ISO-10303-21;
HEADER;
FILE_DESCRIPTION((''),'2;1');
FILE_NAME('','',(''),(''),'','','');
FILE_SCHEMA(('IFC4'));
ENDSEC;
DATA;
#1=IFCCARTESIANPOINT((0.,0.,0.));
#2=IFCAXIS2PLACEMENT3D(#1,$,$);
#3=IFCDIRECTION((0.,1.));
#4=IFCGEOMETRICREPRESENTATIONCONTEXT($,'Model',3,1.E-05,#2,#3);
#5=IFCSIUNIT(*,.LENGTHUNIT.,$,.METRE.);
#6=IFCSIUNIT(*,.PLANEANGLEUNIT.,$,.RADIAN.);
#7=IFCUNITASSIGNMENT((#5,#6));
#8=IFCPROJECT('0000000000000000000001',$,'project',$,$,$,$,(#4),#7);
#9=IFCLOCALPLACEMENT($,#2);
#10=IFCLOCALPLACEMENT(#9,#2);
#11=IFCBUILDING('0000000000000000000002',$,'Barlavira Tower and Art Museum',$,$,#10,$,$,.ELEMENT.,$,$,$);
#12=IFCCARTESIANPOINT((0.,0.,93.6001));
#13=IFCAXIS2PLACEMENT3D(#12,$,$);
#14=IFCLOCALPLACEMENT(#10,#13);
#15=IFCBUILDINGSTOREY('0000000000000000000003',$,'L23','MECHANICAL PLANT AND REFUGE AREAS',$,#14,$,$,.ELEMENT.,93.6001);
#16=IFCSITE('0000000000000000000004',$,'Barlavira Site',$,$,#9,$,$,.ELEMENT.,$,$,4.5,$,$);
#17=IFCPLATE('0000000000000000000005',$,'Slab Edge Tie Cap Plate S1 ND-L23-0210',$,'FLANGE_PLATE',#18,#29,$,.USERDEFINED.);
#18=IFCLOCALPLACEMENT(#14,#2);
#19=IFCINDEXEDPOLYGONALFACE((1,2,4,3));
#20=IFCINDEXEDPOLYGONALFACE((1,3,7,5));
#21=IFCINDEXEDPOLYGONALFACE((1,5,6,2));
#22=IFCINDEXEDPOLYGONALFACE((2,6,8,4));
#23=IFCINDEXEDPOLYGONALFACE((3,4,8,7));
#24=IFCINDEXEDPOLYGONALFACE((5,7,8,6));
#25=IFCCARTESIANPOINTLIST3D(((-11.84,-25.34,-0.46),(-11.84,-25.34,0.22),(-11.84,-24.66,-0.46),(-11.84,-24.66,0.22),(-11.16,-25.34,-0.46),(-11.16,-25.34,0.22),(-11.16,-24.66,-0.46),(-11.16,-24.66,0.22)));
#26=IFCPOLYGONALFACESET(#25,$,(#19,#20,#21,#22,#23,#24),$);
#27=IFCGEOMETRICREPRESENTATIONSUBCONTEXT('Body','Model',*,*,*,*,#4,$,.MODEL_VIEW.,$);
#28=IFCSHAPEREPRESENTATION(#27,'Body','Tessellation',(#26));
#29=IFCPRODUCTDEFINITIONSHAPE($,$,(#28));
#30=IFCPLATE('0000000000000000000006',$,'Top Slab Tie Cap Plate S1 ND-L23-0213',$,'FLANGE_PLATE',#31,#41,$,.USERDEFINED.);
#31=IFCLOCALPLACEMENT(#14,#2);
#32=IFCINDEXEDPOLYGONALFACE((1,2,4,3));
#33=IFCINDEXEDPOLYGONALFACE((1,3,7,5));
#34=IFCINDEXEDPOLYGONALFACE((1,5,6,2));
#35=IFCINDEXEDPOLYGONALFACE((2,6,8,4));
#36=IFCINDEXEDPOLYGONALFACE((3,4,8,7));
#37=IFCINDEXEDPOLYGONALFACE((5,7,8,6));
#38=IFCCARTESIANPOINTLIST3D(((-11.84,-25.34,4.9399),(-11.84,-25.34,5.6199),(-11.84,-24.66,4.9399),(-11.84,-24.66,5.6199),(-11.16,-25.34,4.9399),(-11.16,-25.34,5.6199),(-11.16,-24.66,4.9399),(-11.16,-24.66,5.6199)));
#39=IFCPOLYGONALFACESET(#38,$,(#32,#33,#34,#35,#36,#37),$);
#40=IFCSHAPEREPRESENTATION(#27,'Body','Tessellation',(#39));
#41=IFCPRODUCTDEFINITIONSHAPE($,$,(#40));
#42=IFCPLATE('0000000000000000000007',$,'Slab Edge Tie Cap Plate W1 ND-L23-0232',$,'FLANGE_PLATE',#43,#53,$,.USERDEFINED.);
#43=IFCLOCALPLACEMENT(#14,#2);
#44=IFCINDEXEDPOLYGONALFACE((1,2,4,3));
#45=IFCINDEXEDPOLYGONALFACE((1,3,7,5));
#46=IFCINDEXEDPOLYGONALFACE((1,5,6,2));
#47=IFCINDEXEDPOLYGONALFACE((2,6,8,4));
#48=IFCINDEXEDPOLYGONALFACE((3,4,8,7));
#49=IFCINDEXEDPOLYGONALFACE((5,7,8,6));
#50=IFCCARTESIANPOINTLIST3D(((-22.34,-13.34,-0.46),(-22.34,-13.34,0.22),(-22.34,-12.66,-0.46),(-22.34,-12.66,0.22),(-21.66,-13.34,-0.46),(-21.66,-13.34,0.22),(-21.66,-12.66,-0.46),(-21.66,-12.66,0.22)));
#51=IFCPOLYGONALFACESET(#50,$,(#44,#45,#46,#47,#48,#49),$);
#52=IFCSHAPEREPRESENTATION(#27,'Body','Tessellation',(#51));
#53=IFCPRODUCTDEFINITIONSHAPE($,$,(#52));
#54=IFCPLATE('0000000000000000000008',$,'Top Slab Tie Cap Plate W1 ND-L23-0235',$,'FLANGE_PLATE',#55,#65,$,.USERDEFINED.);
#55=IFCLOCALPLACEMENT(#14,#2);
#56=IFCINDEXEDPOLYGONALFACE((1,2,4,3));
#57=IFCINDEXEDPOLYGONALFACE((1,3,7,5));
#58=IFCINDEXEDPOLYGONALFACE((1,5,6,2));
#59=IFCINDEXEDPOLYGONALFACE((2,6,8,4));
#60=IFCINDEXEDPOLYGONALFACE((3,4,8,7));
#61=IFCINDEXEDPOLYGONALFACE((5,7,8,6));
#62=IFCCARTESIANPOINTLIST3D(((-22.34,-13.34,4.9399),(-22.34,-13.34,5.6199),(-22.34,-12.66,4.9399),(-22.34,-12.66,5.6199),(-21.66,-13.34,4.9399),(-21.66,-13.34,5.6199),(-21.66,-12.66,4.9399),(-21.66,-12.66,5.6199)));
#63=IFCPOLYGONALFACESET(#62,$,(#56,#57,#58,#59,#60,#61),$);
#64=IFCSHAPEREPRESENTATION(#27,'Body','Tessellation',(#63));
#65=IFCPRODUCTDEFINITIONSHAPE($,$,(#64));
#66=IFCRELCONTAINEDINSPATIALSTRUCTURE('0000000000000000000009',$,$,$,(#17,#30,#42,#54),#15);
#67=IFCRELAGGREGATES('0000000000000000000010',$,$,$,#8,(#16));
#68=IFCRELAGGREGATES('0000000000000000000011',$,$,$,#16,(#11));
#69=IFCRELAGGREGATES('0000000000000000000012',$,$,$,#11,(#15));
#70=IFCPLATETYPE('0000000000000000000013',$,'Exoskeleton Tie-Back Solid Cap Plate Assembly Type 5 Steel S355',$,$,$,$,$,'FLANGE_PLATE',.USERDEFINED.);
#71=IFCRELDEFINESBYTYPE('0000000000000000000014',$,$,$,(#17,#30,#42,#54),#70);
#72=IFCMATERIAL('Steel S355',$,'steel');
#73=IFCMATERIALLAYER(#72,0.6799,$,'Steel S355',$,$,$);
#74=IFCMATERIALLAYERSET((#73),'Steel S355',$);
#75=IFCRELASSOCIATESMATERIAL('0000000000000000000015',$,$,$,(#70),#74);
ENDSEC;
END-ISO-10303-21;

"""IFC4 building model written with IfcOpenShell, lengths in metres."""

from ifc_helpers import new_model, si_unit, direction, frame, origin, origin_2d, place, context, subcontext, project, spatial, rectangle, extrude, material, layer, layer_set, type_object, element, save


model = new_model("IFC4")

# Units and contexts
model_context = context("Model", 3, precision=1e-05, world=origin(), true_north=direction((0.0, 1.0)))
body_context = subcontext(model_context, "Body", "Model", "MODEL_VIEW")
ifc_project = project(units=[si_unit("LENGTHUNIT", "METRE"), si_unit("PLANEANGLEUNIT", "RADIAN")], contexts=[model_context])

# Site, building, storey
site_placement = place(None, origin())
site = spatial("IfcSite", under=ifc_project, at=site_placement, Name="Barlavira Site", CompositionType="ELEMENT", RefElevation=4.5)
building_placement = place(site_placement, origin())
building = spatial("IfcBuilding", under=site, at=building_placement, Name="Barlavira Tower and Art Museum", CompositionType="ELEMENT")
storey_placement = place(building_placement, frame((0.0, 0.0, 93.6001)))
storey = spatial("IfcBuildingStorey", under=building, at=storey_placement, Name="L23", Description="MECHANICAL PLANT AND REFUGE AREAS", CompositionType="ELEMENT", Elevation=93.6001)

# Shared definitions
ifc_material_1 = material(Name="Steel S355", Category="steel")

# Plates
ifc_layer_1 = layer(ifc_material_1, 0.6799, Name="Steel S355")
ifc_layer_set_1 = layer_set([ifc_layer_1], Name="Steel S355")
plate_type_1 = type_object("IfcPlateType", Name="Exoskeleton Tie-Back Solid Cap Plate Assembly Type 5 Steel S355", ElementType="FLANGE_PLATE", PredefinedType="USERDEFINED", material=ifc_layer_set_1)
for number, where, z_axis, x_axis, name in (
    (1, (-11.5, -25.0, -0.46), (0.0, 0.0, 1.0), (1.0, 0.0, 0.0), "Slab Edge Tie Cap Plate S1 ND-L23-0210"),
    (2, (-11.5, -25.0, 4.9399), (0.0, 0.0, 1.0), (1.0, 0.0, 0.0), "Top Slab Tie Cap Plate S1 ND-L23-0213"),
    (3, (-22.0, -13.0, -0.46), (0.0, 0.0, 1.0), (1.0, 0.0, 0.0), "Slab Edge Tie Cap Plate W1 ND-L23-0232"),
    (4, (-22.0, -13.0, 4.9399), (0.0, 0.0, 1.0), (1.0, 0.0, 0.0), "Top Slab Tie Cap Plate W1 ND-L23-0235"),
):
    element("IfcPlate", number, at=place(storey_placement, frame(where, z_axis=z_axis, x_axis=x_axis)), inside=storey, type_object=plate_type_1, Name=name, ObjectType="FLANGE_PLATE", PredefinedType="USERDEFINED", context=body_context, shape_type="SweptSolid", body=[
        extrude(rectangle(XDim=0.6799, YDim=0.6799, at=origin_2d()), origin(), (0.0, 0.0, 1.0), 0.6799),
    ])

save(model, "model.ifc")
